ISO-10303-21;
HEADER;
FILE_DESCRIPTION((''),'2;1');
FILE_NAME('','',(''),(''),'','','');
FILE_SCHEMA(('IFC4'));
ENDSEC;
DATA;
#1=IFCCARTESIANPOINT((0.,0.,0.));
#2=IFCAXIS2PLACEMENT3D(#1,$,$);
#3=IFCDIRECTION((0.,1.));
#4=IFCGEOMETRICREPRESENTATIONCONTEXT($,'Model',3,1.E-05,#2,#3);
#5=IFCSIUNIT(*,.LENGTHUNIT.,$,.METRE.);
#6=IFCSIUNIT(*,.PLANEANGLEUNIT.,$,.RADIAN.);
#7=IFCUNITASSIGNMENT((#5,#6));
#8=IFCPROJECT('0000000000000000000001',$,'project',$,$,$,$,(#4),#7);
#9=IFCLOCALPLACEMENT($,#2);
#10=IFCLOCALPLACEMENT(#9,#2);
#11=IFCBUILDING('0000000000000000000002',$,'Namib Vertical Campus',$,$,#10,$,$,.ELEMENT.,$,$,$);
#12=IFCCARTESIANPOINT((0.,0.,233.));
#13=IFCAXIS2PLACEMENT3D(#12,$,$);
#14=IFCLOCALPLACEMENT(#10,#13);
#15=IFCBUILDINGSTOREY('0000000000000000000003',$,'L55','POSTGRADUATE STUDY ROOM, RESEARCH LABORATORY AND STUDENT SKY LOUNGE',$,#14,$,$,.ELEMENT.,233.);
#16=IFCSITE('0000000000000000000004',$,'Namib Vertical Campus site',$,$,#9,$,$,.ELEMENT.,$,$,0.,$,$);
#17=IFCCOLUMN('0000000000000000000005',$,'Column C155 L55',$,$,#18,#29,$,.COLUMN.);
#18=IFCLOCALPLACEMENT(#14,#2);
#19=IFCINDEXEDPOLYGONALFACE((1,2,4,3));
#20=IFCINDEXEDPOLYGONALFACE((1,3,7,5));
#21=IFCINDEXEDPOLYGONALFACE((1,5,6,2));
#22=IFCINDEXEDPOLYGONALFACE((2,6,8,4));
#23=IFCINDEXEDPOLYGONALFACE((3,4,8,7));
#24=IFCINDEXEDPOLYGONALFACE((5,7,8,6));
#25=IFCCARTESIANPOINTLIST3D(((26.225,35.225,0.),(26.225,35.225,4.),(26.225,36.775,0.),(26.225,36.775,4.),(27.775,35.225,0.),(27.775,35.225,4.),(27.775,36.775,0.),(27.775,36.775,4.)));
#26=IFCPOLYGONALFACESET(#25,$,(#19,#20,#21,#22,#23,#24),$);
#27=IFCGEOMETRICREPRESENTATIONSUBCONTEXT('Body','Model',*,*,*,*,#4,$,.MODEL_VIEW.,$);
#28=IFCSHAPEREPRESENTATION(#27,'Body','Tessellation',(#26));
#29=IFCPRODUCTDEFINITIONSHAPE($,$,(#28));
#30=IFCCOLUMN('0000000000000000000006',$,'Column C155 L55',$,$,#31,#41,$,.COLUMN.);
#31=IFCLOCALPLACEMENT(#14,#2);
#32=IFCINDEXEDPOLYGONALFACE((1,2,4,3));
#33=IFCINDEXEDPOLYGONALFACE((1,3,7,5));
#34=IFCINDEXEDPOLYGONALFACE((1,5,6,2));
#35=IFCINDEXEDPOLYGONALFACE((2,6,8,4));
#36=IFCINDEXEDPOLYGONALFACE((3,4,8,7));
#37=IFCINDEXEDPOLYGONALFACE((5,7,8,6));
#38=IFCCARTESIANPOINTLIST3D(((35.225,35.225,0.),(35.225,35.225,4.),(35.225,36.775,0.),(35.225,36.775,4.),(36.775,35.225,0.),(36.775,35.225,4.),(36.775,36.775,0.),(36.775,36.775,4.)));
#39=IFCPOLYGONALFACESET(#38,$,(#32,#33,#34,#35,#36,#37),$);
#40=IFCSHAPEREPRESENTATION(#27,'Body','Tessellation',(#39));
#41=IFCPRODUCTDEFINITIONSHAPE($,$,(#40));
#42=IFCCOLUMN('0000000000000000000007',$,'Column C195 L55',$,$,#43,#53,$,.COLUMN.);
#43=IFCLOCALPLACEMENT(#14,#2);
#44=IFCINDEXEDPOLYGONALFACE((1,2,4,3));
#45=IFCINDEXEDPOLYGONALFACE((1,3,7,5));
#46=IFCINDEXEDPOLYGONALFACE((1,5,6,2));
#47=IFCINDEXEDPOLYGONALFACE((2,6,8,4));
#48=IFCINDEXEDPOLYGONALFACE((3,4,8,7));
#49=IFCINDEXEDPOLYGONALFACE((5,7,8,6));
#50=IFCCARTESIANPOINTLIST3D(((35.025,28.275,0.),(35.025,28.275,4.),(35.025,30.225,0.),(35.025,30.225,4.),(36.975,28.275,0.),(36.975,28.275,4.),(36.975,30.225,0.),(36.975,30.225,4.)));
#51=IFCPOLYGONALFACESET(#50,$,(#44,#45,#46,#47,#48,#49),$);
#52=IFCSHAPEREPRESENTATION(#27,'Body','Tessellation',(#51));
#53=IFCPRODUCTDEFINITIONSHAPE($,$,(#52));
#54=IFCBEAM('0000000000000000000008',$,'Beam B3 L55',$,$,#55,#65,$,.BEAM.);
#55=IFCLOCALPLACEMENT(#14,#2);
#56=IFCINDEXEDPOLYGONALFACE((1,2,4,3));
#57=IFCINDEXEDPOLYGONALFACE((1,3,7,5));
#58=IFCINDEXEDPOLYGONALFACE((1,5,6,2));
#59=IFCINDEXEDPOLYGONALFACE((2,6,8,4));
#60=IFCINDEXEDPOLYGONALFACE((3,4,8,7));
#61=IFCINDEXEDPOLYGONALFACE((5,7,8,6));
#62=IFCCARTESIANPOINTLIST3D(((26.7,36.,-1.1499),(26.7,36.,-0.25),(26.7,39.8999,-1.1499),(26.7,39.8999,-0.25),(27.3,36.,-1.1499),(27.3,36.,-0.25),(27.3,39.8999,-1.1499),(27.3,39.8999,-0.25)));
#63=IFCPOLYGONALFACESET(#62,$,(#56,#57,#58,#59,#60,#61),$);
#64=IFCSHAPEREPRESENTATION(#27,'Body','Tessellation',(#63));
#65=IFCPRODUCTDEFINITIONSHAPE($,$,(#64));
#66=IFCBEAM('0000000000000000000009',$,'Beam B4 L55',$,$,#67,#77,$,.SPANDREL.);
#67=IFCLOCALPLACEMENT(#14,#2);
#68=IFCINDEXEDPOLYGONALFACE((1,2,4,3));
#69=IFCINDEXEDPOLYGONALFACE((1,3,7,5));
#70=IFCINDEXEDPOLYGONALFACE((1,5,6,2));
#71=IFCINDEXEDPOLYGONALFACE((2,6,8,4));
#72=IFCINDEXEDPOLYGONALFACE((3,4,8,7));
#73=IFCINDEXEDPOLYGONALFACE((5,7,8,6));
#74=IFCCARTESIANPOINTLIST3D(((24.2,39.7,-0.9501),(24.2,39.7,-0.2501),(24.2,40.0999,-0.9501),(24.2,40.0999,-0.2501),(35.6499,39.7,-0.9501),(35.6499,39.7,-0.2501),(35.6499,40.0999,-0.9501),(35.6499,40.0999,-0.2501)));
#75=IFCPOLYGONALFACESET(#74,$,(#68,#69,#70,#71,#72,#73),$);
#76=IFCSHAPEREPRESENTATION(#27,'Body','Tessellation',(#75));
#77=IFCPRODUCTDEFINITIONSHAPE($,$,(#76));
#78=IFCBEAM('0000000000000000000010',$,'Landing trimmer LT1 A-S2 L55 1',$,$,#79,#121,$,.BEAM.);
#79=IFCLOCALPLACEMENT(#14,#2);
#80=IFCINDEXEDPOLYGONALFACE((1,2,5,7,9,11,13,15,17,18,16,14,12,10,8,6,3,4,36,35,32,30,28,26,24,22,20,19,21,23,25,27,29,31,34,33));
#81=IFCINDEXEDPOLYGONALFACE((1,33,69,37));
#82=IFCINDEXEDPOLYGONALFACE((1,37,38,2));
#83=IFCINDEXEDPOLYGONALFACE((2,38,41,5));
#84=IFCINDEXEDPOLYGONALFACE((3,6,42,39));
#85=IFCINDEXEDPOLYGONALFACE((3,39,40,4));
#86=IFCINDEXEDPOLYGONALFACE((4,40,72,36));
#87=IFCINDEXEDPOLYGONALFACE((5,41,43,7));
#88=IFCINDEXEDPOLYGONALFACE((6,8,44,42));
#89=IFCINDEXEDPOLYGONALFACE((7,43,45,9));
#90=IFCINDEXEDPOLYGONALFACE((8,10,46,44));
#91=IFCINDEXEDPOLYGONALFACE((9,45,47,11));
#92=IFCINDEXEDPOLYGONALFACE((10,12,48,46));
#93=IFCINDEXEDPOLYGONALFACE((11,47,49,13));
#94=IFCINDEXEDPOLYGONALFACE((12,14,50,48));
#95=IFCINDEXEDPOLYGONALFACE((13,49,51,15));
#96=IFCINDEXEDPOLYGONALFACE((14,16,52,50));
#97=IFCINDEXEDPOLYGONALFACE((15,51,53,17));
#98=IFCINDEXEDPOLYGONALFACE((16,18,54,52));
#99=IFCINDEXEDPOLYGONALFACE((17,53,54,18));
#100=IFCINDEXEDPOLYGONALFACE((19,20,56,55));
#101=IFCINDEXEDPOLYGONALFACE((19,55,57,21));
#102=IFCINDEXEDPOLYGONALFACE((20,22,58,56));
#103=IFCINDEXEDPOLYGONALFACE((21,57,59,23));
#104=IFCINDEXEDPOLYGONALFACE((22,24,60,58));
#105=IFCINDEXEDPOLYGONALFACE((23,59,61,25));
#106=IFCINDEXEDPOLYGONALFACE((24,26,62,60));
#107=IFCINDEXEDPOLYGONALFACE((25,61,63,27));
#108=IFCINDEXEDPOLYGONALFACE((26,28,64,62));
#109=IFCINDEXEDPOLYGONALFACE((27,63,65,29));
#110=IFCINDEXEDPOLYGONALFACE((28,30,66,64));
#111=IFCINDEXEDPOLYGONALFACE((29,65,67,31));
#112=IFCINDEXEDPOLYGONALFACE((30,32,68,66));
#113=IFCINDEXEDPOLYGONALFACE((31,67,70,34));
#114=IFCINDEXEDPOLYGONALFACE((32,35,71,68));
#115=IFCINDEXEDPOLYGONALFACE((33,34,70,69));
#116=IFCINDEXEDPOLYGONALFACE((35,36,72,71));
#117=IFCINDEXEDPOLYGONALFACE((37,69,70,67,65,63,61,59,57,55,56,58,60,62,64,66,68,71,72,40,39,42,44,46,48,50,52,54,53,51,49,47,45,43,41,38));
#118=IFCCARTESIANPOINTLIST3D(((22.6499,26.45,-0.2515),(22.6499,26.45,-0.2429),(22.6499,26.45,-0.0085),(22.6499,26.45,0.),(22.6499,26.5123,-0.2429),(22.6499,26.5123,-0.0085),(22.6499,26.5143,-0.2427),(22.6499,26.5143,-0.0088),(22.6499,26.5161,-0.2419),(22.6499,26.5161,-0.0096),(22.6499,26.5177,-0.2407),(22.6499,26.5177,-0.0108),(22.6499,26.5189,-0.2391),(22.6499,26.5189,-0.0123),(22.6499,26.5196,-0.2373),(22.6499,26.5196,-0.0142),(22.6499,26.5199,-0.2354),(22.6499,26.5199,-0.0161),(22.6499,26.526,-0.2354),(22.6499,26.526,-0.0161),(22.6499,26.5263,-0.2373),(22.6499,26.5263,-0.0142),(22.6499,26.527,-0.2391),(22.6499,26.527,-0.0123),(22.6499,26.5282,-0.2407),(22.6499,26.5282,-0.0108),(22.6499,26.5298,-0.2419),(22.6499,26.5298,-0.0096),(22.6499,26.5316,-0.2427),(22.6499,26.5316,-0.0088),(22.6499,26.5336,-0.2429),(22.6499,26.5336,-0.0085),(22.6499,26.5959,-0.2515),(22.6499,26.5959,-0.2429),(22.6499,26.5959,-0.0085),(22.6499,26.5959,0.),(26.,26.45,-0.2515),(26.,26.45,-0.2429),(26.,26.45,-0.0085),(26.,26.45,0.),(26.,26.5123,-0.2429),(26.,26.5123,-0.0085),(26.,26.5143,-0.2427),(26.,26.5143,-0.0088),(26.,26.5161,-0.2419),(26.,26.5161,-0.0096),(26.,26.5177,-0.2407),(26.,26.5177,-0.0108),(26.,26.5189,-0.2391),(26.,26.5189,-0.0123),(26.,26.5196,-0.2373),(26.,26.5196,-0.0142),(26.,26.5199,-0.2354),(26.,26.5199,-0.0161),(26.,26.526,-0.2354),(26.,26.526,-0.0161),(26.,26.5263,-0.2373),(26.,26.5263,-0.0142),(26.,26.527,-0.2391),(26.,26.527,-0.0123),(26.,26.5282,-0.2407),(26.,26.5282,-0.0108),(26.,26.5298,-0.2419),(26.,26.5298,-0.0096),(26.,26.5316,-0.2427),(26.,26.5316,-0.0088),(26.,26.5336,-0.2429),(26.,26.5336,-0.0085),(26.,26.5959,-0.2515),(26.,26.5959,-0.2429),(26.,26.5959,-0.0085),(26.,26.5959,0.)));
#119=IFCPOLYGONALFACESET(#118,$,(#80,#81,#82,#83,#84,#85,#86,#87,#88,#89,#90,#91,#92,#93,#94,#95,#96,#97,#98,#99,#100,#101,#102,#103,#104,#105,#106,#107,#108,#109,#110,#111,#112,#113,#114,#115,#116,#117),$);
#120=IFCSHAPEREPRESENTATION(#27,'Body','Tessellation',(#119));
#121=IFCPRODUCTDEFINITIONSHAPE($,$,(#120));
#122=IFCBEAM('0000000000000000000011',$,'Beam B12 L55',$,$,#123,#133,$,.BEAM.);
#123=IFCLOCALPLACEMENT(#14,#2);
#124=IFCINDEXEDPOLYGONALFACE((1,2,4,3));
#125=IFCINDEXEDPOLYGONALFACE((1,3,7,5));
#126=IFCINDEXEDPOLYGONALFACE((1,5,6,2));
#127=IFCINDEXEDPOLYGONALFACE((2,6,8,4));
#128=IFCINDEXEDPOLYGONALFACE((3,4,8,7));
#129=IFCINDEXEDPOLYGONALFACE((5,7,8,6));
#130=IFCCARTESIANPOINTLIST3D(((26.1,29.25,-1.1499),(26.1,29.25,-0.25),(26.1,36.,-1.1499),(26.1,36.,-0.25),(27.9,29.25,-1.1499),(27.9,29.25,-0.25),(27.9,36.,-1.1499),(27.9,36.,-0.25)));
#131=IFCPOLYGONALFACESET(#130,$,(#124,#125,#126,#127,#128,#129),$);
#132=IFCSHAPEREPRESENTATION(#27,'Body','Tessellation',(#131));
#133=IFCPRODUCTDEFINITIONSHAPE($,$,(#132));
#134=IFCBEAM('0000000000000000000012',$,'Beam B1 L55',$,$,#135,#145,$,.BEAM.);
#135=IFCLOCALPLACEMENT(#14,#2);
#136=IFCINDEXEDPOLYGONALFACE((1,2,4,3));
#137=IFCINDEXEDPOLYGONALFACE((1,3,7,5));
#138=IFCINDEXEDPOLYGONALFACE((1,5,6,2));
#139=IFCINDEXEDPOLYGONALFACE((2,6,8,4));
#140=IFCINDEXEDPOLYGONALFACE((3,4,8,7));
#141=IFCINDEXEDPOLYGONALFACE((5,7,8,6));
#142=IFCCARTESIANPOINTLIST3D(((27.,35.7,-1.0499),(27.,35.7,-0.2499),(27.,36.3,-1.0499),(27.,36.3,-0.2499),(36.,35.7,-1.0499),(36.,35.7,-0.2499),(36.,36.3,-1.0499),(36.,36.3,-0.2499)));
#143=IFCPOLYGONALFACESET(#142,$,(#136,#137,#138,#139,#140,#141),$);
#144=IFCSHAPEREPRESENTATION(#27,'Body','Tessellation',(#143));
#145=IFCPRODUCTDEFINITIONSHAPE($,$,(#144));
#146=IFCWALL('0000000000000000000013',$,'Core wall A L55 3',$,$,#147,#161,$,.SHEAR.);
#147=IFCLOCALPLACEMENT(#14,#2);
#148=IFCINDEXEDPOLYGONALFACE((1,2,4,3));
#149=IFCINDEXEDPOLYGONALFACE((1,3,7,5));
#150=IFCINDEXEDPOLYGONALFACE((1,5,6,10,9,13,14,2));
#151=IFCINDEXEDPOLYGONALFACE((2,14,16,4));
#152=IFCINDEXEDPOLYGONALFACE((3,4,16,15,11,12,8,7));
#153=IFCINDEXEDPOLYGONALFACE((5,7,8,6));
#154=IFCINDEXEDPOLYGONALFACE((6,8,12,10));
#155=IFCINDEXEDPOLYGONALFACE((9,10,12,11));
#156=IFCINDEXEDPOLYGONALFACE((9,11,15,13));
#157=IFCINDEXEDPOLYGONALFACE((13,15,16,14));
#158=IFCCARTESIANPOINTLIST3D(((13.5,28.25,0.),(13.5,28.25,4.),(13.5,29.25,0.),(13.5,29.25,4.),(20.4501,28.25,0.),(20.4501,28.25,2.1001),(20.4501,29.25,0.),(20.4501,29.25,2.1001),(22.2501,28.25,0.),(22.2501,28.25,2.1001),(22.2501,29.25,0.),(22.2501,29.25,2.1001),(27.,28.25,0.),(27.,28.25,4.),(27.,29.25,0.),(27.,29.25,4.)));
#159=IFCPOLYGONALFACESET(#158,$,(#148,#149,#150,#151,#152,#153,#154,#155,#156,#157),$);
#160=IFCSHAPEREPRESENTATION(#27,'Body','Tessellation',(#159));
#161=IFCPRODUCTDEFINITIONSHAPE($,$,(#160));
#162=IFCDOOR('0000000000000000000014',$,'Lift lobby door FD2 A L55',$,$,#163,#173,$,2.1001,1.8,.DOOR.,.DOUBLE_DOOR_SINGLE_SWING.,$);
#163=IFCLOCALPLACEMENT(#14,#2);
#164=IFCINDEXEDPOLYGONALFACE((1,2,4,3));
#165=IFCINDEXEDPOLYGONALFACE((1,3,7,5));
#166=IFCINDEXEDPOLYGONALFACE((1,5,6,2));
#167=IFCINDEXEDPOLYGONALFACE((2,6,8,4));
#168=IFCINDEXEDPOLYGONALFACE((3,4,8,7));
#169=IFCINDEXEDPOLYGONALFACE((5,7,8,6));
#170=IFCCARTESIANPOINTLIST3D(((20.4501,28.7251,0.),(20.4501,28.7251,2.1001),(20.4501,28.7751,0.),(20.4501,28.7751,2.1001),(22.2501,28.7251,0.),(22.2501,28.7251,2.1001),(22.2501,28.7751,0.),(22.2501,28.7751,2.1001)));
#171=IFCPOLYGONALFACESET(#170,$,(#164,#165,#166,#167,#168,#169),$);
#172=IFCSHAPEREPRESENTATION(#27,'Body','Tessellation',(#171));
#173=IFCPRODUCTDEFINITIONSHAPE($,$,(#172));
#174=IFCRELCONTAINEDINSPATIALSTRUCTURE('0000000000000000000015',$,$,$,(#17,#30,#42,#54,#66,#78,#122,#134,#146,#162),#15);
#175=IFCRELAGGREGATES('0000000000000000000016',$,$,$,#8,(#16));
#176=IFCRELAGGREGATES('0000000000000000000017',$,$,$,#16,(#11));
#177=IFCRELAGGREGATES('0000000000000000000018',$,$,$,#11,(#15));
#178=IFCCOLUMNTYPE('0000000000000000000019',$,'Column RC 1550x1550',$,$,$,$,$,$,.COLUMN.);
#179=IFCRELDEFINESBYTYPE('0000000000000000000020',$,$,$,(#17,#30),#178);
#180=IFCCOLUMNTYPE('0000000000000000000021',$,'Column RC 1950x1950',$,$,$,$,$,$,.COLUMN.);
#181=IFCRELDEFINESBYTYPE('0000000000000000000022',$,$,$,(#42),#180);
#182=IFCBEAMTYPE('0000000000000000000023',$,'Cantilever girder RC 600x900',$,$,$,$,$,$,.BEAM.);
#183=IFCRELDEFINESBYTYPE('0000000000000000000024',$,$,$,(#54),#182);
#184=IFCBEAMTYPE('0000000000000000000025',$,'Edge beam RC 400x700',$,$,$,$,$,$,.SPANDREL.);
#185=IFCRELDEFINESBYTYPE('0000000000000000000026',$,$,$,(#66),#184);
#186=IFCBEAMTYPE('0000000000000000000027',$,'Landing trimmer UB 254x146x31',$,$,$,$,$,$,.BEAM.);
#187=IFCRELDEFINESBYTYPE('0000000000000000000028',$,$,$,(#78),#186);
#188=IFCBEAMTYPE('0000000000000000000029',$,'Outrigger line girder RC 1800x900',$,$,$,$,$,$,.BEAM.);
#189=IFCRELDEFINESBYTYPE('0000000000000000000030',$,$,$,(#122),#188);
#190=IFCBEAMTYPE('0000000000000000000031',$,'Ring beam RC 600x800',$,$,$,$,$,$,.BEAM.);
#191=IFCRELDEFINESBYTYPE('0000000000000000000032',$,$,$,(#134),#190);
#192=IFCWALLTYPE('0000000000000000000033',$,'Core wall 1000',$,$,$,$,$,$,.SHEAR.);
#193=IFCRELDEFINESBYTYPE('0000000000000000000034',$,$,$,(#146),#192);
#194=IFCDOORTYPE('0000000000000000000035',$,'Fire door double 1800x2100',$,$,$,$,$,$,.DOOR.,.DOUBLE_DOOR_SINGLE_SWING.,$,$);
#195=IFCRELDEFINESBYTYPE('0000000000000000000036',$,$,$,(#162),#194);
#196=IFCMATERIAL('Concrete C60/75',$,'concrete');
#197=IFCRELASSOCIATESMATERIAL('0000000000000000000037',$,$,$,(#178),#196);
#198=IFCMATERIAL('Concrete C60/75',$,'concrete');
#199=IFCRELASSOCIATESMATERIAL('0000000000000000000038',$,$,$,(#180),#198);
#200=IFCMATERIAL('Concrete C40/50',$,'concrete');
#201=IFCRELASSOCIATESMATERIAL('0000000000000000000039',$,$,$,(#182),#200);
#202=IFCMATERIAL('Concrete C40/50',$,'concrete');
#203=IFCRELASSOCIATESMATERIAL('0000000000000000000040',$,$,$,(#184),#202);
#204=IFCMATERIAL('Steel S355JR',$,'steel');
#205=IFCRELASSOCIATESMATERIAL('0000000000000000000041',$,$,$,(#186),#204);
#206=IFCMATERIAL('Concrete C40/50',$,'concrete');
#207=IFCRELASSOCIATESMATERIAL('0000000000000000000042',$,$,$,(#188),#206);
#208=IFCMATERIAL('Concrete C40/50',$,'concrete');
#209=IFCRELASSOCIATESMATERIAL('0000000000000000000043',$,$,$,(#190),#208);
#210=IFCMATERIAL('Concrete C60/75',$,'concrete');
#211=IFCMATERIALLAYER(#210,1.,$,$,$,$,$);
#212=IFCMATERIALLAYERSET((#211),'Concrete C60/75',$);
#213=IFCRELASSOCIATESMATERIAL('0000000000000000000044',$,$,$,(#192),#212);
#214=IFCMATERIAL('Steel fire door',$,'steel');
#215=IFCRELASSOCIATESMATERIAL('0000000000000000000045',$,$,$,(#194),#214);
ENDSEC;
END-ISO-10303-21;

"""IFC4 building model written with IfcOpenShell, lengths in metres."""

from ifc_helpers import new_model, si_unit, direction, frame, frame_2d, origin, origin_2d, place, context, subcontext, project, spatial, rectangle, i_section, extrude, material, layer, layer_set, material_profile, profile_set, type_object, element, fill, save


model = new_model("IFC4")

# Units and contexts
model_context = context("Model", 3, precision=1e-05, world=origin(), true_north=direction((0.0, 1.0)))
body_context = subcontext(model_context, "Body", "Model", "MODEL_VIEW")
ifc_project = project(units=[si_unit("LENGTHUNIT", "METRE"), si_unit("PLANEANGLEUNIT", "RADIAN")], contexts=[model_context])

# Site, building, storey
site_placement = place(None, origin())
site = spatial("IfcSite", under=ifc_project, at=site_placement, Name="Namib Vertical Campus site", CompositionType="ELEMENT", RefElevation=0.0)
building_placement = place(site_placement, origin())
building = spatial("IfcBuilding", under=site, at=building_placement, Name="Namib Vertical Campus", CompositionType="ELEMENT")
storey_placement = place(building_placement, frame((0.0, 0.0, 233.0)))
storey = spatial("IfcBuildingStorey", under=building, at=storey_placement, Name="L55", Description="POSTGRADUATE STUDY ROOM, RESEARCH LABORATORY AND STUDENT SKY LOUNGE", CompositionType="ELEMENT", Elevation=233.0)

# Columns
ifc_material_1 = material(Name="Concrete C60/75", Category="concrete")
ifc_material_profile_1 = material_profile(ifc_material_1, rectangle(XDim=1.55, YDim=1.55, at=origin_2d()))
ifc_profile_set_1 = profile_set([ifc_material_profile_1], Name="Concrete C60/75")
column_type_1 = type_object("IfcColumnType", Name="Column RC 1550x1550", PredefinedType="COLUMN", material=ifc_profile_set_1)
for number, where, z_axis, x_axis, name in (
    (1, (27.0, 36.0, 0.0), (0.0, 0.0, 1.0), (1.0, 0.0, 0.0), "Column C155 L55"),
    (2, (36.0, 36.0, 0.0), (0.0, 0.0, 1.0), (1.0, 0.0, 0.0), "Column C155 L55"),
):
    element("IfcColumn", number, at=place(storey_placement, frame(where, z_axis=z_axis, x_axis=x_axis)), inside=storey, type_object=column_type_1, Name=name, PredefinedType="COLUMN", context=body_context, shape_type="SweptSolid", body=[
        extrude(rectangle(XDim=1.55, YDim=1.55, at=origin_2d()), origin(), (0.0, 0.0, 1.0), 4.0),
    ])
ifc_material_2 = material(Name="Concrete C60/75", Category="concrete")
ifc_material_profile_2 = material_profile(ifc_material_2, rectangle(XDim=1.95, YDim=1.95, at=origin_2d()))
ifc_profile_set_2 = profile_set([ifc_material_profile_2], Name="Concrete C60/75")
column_type_2 = type_object("IfcColumnType", Name="Column RC 1950x1950", PredefinedType="COLUMN", material=ifc_profile_set_2)
column_placement = place(storey_placement, frame((36.0, 29.25, 0.0), z_axis=(0.0, 0.0, 1.0), x_axis=(1.0, 0.0, 0.0)))
element("IfcColumn", 3, at=column_placement, inside=storey, type_object=column_type_2, Name="Column C195 L55", PredefinedType="COLUMN", context=body_context, shape_type="SweptSolid", body=[
    extrude(rectangle(XDim=1.95, YDim=1.95, at=origin_2d()), origin(), (0.0, 0.0, 1.0), 4.0),
])

# Beams
ifc_material_3 = material(Name="Concrete C40/50", Category="concrete")
ifc_material_profile_3 = material_profile(ifc_material_3, rectangle(XDim=0.6001, YDim=0.8999, at=origin_2d()))
ifc_profile_set_3 = profile_set([ifc_material_profile_3], Name="Concrete C40/50")
beam_type_1 = type_object("IfcBeamType", Name="Cantilever girder RC 600x900", PredefinedType="BEAM", material=ifc_profile_set_3)
beam_1_placement = place(storey_placement, frame((27.0, 36.0, -0.7), z_axis=(0.0, 1.0, 0.0), x_axis=(-1.0, 0.0, 0.0)))
element("IfcBeam", 4, at=beam_1_placement, inside=storey, type_object=beam_type_1, Name="Beam B3 L55", PredefinedType="BEAM", context=body_context, shape_type="SweptSolid", body=[
    extrude(rectangle(XDim=0.6001, YDim=0.8999, at=origin_2d()), origin(), (0.0, 0.0, 1.0), 3.8999),
])
ifc_material_4 = material(Name="Concrete C40/50", Category="concrete")
ifc_material_profile_4 = material_profile(ifc_material_4, rectangle(XDim=0.3999, YDim=0.7, at=origin_2d()))
ifc_profile_set_4 = profile_set([ifc_material_profile_4], Name="Concrete C40/50")
beam_type_2 = type_object("IfcBeamType", Name="Edge beam RC 400x700", PredefinedType="SPANDREL", material=ifc_profile_set_4)
beam_2_placement = place(storey_placement, frame((24.2, 39.8999, -0.6001), z_axis=(1.0, 0.0, 0.0), x_axis=(0.0, 1.0, 0.0)))
element("IfcBeam", 5, at=beam_2_placement, inside=storey, type_object=beam_type_2, Name="Beam B4 L55", PredefinedType="SPANDREL", context=body_context, shape_type="SweptSolid", body=[
    extrude(rectangle(XDim=0.3999, YDim=0.7, at=origin_2d()), origin(), (0.0, 0.0, 1.0), 11.45),
])
ifc_material_5 = material(Name="Steel S355JR", Category="steel")
ifc_material_profile_5 = material_profile(ifc_material_5, i_section(OverallWidth=0.146, OverallDepth=0.2515, WebThickness=0.0061, FlangeThickness=0.0085, FilletRadius=0.0076, at=origin_2d()))
ifc_profile_set_5 = profile_set([ifc_material_profile_5], Name="Steel S355JR")
beam_type_3 = type_object("IfcBeamType", Name="Landing trimmer UB 254x146x31", PredefinedType="BEAM", material=ifc_profile_set_5)
beam_3_placement = place(storey_placement, frame((22.6499, 26.5229, -0.1257), z_axis=(1.0, 0.0, 0.0), x_axis=(0.0, 1.0, 0.0)))
element("IfcBeam", 6, at=beam_3_placement, inside=storey, type_object=beam_type_3, Name="Landing trimmer LT1 A-S2 L55 1", PredefinedType="BEAM", context=body_context, shape_type="SweptSolid", body=[
    extrude(i_section(OverallWidth=0.146, OverallDepth=0.2515, WebThickness=0.0061, FlangeThickness=0.0085, FilletRadius=0.0076, at=origin_2d()), origin(), (0.0, 0.0, 1.0), 3.3501),
])
ifc_material_6 = material(Name="Concrete C40/50", Category="concrete")
ifc_material_profile_6 = material_profile(ifc_material_6, rectangle(XDim=1.8, YDim=0.8999, at=origin_2d()))
ifc_profile_set_6 = profile_set([ifc_material_profile_6], Name="Concrete C40/50")
beam_type_4 = type_object("IfcBeamType", Name="Outrigger line girder RC 1800x900", PredefinedType="BEAM", material=ifc_profile_set_6)
beam_4_placement = place(storey_placement, frame((27.0, 36.0, -0.7), z_axis=(0.0, -1.0, 0.0), x_axis=(1.0, 0.0, 0.0)))
element("IfcBeam", 7, at=beam_4_placement, inside=storey, type_object=beam_type_4, Name="Beam B12 L55", PredefinedType="BEAM", context=body_context, shape_type="SweptSolid", body=[
    extrude(rectangle(XDim=1.8, YDim=0.8999, at=origin_2d()), origin(), (0.0, 0.0, 1.0), 6.75),
])
ifc_material_7 = material(Name="Concrete C40/50", Category="concrete")
ifc_material_profile_7 = material_profile(ifc_material_7, rectangle(XDim=0.6001, YDim=0.8, at=origin_2d()))
ifc_profile_set_7 = profile_set([ifc_material_profile_7], Name="Concrete C40/50")
beam_type_5 = type_object("IfcBeamType", Name="Ring beam RC 600x800", PredefinedType="BEAM", material=ifc_profile_set_7)
beam_5_placement = place(storey_placement, frame((27.0, 36.0, -0.6499), z_axis=(1.0, 0.0, 0.0), x_axis=(0.0, 1.0, 0.0)))
element("IfcBeam", 8, at=beam_5_placement, inside=storey, type_object=beam_type_5, Name="Beam B1 L55", PredefinedType="BEAM", context=body_context, shape_type="SweptSolid", body=[
    extrude(rectangle(XDim=0.6001, YDim=0.8, at=origin_2d()), origin(), (0.0, 0.0, 1.0), 9.0),
])

# Wall, opening, door
ifc_material_8 = material(Name="Concrete C60/75", Category="concrete")
ifc_layer_1 = layer(ifc_material_8, 1.0)
ifc_layer_set_1 = layer_set([ifc_layer_1], Name="Concrete C60/75")
wall_type_1 = type_object("IfcWallType", Name="Core wall 1000", PredefinedType="SHEAR", material=ifc_layer_set_1)
wall_1_placement = place(storey_placement, frame((27.0, 28.75, 0.0), z_axis=(0.0, 0.0, 1.0), x_axis=(-1.0, 0.0, 0.0)))
wall_1 = element("IfcWall", 9, at=wall_1_placement, inside=storey, type_object=wall_type_1, Name="Core wall A L55 3", PredefinedType="SHEAR", context=body_context, shape_type="SweptSolid", body=[
    extrude(rectangle(XDim=13.5, YDim=1.0, at=frame_2d((6.75, 0.0))), origin(), (0.0, 0.0, 1.0), 4.0),
])
opening_1_placement = place(wall_1_placement, frame((4.75, 0.0, 0.0)))
opening_1 = element("IfcOpeningElement", 10, at=opening_1_placement, cuts=wall_1, PredefinedType="OPENING", context=body_context, shape_type="SweptSolid", body=[
    extrude(rectangle(XDim=1.8, YDim=2.1001, at=frame_2d((0.8999, 1.05))), frame((0.0, 0.51, 0.0), z_axis=(0.0, -1.0, 0.0), x_axis=(1.0, 0.0, 0.0)), (0.0, 0.0, 1.0), 1.02),
])
ifc_material_9 = material(Name="Steel fire door", Category="steel")
door_type_1 = type_object("IfcDoorType", Name="Fire door double 1800x2100", OperationType="DOUBLE_DOOR_SINGLE_SWING", PredefinedType="DOOR", material=ifc_material_9)
door_1_placement = place(opening_1_placement, origin())
door_1 = element("IfcDoor", 11, at=door_1_placement, inside=storey, type_object=door_type_1, Name="Lift lobby door FD2 A L55", OperationType="DOUBLE_DOOR_SINGLE_SWING", OverallHeight=2.1001, OverallWidth=1.8, PredefinedType="DOOR", context=body_context, shape_type="SweptSolid", body=[
    extrude(rectangle(XDim=1.8, YDim=2.1001, at=frame_2d((0.8999, 1.05))), frame((0.0, 0.0249, 0.0), z_axis=(0.0, -1.0, 0.0), x_axis=(1.0, 0.0, 0.0)), (0.0, 0.0, 1.0), 0.05),
])
fill(opening_1, door_1)

save(model, "model.ifc")
